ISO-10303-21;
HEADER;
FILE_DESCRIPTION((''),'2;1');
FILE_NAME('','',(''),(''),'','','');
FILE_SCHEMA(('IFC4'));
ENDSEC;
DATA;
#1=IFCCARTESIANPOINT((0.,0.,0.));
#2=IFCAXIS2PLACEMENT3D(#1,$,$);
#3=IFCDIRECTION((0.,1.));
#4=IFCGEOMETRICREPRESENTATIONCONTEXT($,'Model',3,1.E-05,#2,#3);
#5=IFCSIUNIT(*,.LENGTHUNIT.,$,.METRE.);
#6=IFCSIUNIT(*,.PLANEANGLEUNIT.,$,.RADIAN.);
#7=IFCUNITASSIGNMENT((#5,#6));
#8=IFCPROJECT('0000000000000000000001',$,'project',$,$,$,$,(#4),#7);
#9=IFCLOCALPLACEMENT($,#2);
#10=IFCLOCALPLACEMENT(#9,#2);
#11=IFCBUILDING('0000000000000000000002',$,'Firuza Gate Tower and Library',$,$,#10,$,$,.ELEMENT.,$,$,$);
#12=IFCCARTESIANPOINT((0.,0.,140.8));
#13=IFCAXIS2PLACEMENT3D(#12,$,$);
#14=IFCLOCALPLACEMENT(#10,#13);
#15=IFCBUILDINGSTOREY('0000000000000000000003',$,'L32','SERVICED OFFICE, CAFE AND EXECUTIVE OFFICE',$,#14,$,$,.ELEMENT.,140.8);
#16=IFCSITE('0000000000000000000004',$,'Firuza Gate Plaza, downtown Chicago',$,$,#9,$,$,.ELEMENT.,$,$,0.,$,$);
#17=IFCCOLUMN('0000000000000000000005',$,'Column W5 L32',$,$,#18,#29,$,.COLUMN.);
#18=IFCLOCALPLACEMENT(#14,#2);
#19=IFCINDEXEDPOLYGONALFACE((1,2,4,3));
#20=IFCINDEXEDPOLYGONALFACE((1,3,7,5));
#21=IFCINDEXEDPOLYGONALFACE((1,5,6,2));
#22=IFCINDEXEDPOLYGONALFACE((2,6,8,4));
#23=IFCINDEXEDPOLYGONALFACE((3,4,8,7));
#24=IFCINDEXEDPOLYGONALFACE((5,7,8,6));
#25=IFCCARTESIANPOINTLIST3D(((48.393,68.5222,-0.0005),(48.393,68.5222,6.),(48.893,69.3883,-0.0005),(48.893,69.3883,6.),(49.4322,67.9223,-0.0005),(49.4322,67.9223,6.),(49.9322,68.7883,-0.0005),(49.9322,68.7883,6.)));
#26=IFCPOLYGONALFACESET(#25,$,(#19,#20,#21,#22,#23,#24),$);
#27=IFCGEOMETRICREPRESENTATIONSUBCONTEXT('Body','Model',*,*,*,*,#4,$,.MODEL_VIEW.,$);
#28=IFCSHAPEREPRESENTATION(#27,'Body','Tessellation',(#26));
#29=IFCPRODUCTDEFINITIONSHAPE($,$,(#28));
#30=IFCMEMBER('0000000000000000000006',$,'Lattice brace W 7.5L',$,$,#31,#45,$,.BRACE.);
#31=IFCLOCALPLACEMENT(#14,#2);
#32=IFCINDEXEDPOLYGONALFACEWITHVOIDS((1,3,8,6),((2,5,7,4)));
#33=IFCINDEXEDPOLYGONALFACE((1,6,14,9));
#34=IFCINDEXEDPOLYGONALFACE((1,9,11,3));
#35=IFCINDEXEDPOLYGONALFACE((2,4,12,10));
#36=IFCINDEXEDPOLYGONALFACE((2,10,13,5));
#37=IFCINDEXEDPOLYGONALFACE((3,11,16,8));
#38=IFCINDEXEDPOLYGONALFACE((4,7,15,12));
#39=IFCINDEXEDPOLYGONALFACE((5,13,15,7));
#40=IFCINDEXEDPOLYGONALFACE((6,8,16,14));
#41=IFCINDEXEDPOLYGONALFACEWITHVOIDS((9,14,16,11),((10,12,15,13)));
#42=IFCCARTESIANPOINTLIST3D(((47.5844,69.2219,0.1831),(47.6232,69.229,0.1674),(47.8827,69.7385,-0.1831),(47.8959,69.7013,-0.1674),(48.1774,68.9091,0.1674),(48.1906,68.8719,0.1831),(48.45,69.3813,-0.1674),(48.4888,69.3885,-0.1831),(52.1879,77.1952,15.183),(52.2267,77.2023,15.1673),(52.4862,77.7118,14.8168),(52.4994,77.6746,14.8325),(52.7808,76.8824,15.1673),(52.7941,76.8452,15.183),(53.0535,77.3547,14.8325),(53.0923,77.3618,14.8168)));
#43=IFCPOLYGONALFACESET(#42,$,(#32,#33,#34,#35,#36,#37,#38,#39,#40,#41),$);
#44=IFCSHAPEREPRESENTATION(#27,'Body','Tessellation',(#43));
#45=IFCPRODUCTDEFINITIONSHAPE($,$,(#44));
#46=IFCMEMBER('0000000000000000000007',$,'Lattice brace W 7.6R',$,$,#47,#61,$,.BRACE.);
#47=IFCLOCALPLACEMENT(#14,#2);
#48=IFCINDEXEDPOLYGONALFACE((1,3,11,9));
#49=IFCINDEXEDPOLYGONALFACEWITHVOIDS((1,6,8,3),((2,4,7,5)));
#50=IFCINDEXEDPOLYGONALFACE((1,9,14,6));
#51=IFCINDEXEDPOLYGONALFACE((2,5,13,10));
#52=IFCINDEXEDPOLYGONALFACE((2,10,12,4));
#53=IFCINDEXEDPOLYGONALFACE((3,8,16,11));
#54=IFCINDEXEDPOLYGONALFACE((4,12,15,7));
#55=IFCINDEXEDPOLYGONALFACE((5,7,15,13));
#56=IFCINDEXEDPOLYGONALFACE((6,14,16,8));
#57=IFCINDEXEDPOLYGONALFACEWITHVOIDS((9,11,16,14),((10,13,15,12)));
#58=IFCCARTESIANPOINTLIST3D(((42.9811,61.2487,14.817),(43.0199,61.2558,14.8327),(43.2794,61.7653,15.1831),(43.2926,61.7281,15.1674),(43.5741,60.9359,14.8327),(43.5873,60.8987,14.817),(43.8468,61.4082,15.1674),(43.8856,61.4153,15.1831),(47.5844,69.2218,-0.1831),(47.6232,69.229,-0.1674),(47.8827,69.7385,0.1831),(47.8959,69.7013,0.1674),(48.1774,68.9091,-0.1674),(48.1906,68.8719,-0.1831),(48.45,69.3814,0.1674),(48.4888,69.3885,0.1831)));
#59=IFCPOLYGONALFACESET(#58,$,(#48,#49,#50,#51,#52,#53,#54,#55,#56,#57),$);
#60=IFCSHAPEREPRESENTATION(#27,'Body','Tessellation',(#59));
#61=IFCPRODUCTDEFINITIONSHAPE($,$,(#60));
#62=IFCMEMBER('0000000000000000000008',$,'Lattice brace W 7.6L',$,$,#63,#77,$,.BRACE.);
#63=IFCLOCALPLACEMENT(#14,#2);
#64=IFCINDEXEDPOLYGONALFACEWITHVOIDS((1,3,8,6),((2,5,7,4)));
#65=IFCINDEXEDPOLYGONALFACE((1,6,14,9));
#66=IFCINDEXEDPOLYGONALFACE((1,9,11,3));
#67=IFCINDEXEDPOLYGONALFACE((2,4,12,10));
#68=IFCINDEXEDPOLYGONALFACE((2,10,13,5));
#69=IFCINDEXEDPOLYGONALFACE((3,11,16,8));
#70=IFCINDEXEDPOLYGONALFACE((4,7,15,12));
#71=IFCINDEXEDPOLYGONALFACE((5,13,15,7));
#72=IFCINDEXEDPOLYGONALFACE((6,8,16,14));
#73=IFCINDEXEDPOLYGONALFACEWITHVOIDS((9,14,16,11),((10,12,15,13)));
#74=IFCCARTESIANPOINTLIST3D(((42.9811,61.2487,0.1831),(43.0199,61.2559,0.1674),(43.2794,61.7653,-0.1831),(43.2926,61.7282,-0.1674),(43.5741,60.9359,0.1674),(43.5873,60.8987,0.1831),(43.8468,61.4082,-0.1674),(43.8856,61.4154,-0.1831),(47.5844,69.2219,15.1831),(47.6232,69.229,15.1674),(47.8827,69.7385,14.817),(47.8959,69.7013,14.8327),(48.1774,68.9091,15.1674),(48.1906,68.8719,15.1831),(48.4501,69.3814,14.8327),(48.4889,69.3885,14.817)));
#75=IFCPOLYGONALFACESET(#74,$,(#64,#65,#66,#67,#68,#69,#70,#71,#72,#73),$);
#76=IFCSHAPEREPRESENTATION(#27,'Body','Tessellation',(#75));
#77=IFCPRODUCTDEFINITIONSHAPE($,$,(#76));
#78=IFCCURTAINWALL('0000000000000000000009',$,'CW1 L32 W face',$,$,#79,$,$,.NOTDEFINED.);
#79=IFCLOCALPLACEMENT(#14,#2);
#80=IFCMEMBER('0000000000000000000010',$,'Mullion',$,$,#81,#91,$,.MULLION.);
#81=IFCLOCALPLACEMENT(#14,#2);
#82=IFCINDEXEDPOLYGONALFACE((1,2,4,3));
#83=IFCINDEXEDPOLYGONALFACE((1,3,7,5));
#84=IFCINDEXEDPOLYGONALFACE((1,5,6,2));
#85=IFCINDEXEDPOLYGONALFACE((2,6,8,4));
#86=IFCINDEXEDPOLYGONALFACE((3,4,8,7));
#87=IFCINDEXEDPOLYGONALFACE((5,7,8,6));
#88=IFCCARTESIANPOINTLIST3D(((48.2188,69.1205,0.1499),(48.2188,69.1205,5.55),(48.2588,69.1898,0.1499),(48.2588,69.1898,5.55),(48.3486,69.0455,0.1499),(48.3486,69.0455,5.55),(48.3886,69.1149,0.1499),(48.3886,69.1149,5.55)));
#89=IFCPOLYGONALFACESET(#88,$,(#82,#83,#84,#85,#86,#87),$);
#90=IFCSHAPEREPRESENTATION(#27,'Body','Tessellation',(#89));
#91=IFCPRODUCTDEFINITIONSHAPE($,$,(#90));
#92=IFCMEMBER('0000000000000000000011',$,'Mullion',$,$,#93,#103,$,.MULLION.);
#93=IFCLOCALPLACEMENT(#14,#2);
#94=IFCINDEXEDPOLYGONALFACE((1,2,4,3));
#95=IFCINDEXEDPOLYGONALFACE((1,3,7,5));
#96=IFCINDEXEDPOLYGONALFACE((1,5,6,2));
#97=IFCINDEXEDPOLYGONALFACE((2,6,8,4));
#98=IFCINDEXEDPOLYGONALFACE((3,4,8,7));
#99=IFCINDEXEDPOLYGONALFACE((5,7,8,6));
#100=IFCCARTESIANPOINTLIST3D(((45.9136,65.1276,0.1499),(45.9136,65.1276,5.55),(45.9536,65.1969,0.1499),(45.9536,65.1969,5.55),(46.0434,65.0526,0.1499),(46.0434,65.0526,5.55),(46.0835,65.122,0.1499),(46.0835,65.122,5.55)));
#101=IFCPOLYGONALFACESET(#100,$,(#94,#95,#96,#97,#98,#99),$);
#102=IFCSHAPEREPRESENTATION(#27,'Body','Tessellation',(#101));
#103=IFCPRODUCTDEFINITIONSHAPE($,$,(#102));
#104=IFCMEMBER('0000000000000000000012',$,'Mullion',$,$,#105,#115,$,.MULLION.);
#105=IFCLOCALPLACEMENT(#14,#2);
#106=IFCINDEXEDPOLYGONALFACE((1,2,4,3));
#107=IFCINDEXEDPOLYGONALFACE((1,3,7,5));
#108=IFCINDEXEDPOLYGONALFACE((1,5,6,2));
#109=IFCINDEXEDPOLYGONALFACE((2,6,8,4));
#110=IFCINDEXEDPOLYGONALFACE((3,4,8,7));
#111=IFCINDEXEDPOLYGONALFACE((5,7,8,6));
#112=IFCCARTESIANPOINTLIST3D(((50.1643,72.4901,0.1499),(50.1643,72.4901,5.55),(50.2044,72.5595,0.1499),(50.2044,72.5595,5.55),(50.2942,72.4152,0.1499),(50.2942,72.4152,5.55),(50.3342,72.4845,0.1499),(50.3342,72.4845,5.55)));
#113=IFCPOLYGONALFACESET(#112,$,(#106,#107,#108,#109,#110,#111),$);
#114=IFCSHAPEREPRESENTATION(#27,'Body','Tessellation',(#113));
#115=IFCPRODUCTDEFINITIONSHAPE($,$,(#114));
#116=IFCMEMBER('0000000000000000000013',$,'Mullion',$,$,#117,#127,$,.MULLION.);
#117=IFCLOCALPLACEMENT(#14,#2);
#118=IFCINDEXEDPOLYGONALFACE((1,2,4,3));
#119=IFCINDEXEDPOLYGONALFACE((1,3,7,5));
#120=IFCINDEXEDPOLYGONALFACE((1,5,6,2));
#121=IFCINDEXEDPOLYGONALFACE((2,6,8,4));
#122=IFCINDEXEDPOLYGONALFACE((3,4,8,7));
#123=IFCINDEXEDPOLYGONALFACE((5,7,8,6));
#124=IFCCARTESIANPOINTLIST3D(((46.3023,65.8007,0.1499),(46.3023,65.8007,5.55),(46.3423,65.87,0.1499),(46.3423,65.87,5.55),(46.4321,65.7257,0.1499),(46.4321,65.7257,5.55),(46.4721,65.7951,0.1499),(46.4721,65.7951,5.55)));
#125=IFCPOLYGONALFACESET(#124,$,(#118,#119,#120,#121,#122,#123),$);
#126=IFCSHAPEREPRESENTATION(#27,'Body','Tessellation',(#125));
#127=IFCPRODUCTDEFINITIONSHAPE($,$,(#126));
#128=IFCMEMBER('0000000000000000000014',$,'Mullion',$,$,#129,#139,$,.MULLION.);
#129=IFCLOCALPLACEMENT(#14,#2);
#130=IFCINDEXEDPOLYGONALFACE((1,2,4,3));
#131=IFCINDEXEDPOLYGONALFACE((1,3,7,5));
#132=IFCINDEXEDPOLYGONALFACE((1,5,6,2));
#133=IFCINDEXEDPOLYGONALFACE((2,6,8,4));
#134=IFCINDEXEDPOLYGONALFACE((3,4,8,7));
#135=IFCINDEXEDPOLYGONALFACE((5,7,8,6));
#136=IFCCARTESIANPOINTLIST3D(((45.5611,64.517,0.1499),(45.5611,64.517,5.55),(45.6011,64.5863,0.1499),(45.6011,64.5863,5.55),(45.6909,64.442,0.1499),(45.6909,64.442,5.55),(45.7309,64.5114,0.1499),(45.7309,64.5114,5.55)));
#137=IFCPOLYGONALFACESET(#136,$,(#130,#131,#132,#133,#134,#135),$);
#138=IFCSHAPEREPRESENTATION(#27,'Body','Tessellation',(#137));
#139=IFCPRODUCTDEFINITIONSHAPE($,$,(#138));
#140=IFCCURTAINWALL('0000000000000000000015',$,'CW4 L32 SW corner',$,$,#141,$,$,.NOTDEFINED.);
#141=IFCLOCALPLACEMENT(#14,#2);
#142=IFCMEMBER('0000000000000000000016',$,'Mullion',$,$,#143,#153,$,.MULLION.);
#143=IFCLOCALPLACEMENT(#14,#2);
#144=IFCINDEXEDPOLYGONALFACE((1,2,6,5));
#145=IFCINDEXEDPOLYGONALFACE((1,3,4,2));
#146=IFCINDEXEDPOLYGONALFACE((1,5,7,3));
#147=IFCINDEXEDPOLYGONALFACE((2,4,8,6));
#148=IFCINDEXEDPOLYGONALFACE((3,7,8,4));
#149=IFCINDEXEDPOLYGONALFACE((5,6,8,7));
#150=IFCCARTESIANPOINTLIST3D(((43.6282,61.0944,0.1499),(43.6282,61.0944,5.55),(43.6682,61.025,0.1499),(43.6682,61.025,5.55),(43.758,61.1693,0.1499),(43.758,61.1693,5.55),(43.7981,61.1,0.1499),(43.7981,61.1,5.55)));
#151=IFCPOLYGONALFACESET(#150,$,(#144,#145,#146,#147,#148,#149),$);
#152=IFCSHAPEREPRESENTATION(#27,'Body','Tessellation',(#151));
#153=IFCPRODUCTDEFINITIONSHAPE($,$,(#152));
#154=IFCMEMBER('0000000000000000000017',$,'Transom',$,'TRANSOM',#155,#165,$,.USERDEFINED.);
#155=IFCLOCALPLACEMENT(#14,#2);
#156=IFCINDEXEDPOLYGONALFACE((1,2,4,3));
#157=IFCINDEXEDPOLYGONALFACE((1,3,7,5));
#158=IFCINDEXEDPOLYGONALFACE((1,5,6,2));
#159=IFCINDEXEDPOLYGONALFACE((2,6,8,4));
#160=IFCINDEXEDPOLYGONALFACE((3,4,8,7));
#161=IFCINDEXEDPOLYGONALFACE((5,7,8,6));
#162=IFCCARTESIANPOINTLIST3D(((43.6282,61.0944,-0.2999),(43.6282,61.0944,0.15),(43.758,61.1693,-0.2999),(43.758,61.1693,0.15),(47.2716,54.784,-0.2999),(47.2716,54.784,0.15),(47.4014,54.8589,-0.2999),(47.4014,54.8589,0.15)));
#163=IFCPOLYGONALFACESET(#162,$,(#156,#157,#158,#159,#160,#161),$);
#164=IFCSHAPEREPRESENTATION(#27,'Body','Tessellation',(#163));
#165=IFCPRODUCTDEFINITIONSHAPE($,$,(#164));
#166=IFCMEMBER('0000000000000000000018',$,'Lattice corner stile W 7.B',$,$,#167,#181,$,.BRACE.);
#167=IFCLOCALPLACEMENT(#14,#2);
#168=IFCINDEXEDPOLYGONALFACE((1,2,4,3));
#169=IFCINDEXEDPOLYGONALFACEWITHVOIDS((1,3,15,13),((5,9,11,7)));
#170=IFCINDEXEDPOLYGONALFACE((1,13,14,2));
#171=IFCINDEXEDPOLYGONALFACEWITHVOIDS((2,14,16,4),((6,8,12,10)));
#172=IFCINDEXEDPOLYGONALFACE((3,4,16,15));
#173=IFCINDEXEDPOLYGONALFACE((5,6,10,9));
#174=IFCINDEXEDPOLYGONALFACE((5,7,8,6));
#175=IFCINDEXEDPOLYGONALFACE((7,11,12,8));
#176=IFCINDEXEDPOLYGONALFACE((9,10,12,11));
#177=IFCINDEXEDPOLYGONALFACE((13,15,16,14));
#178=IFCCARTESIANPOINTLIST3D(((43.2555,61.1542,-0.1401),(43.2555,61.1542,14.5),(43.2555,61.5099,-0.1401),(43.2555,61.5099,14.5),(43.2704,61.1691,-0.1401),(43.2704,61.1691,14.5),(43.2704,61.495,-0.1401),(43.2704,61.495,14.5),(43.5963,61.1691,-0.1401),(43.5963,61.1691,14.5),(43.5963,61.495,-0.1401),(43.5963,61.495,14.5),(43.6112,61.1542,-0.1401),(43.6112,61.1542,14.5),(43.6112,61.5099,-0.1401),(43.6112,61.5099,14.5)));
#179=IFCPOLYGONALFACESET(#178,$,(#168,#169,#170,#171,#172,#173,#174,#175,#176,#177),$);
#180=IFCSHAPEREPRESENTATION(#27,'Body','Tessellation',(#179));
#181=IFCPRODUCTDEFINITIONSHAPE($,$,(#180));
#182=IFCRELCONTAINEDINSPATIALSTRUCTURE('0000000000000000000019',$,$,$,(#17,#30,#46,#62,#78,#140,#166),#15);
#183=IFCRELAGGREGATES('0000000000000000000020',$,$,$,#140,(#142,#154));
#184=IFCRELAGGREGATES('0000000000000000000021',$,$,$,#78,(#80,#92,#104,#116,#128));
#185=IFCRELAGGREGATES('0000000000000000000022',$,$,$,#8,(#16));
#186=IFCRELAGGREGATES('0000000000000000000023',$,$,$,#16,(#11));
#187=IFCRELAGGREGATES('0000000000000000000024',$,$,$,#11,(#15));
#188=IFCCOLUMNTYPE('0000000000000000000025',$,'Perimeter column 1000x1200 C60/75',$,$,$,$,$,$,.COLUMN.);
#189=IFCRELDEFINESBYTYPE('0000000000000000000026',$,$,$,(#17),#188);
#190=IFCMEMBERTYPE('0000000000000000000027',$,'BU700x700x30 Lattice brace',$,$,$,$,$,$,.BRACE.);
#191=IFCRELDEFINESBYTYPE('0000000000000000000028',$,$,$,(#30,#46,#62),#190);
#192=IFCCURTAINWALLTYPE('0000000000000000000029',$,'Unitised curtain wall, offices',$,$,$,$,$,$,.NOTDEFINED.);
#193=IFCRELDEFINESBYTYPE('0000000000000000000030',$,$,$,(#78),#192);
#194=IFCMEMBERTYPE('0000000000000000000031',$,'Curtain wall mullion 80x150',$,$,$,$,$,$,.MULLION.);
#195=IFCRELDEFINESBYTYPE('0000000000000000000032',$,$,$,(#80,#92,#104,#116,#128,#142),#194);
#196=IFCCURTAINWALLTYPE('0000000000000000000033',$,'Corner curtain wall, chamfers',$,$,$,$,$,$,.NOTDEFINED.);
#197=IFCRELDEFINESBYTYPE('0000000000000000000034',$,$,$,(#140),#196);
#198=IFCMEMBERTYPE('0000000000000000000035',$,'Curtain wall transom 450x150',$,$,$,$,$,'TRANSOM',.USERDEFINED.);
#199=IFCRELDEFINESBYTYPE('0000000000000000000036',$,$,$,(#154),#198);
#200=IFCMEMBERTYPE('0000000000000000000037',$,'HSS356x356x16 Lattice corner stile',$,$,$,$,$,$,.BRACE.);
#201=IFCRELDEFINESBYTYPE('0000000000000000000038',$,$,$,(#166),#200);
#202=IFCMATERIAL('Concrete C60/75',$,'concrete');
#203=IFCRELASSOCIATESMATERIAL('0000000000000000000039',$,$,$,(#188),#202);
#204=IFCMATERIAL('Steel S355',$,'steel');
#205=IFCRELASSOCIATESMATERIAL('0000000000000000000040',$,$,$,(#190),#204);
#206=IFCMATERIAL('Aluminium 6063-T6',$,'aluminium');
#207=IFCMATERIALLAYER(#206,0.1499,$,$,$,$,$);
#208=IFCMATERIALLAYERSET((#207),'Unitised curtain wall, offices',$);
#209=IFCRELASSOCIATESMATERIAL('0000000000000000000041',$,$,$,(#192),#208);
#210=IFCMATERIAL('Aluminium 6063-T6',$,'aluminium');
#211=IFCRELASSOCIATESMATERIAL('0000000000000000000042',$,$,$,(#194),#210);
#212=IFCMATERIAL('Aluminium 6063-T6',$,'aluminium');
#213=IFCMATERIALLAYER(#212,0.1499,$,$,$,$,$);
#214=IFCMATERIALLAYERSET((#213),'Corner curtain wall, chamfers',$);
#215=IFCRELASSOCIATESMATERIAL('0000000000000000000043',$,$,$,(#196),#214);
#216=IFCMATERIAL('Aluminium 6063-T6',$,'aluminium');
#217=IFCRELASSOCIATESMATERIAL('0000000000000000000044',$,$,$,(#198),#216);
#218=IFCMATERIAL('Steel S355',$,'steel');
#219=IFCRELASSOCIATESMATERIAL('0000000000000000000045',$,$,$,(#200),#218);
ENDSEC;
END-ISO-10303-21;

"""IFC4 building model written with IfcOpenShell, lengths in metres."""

from ifc_helpers import new_model, si_unit, direction, frame, origin, origin_2d, place, context, subcontext, project, spatial, rectangle, hollow_rectangle, extrude, material, layer, layer_set, material_profile, profile_set, type_object, element, aggregate, save


model = new_model("IFC4")

# Units and contexts
model_context = context("Model", 3, precision=1e-05, world=origin(), true_north=direction((0.0, 1.0)))
body_context = subcontext(model_context, "Body", "Model", "MODEL_VIEW")
ifc_project = project(units=[si_unit("LENGTHUNIT", "METRE"), si_unit("PLANEANGLEUNIT", "RADIAN")], contexts=[model_context])

# Site, building, storey
site_placement = place(None, origin())
site = spatial("IfcSite", under=ifc_project, at=site_placement, Name="Firuza Gate Plaza, downtown Chicago", CompositionType="ELEMENT", RefElevation=0.0)
building_placement = place(site_placement, origin())
building = spatial("IfcBuilding", under=site, at=building_placement, Name="Firuza Gate Tower and Library", CompositionType="ELEMENT")
storey_placement = place(building_placement, frame((0.0, 0.0, 140.8)))
storey = spatial("IfcBuildingStorey", under=building, at=storey_placement, Name="L32", Description="SERVICED OFFICE, CAFE AND EXECUTIVE OFFICE", CompositionType="ELEMENT", Elevation=140.8)

# Column
ifc_material_1 = material(Name="Concrete C60/75", Category="concrete")
ifc_material_profile_1 = material_profile(ifc_material_1, rectangle(XDim=1.0, YDim=1.2, at=origin_2d()))
ifc_profile_set_1 = profile_set([ifc_material_profile_1], Name="Concrete C60/75")
column_type = type_object("IfcColumnType", Name="Perimeter column 1000x1200 C60/75", PredefinedType="COLUMN", material=ifc_profile_set_1)
column_placement = place(storey_placement, frame((49.1626, 68.6553, -0.0005), z_axis=(0.0, 0.0, 1.0), x_axis=(-0.5, -0.866025, 0.0)))
element("IfcColumn", 1, at=column_placement, inside=storey, type_object=column_type, Name="Column W5 L32", PredefinedType="COLUMN", context=body_context, shape_type="SweptSolid", body=[
    extrude(rectangle(XDim=1.0, YDim=1.2, at=origin_2d()), origin(), (0.0, 0.0, 1.0), 6.0005),
])

# Members
ifc_material_2 = material(Name="Steel S355", Category="steel")
ifc_material_profile_2 = material_profile(ifc_material_2, hollow_rectangle(XDim=0.7, YDim=0.7, WallThickness=0.03, at=origin_2d()))
ifc_profile_set_2 = profile_set([ifc_material_profile_2], Name="Steel S355")
member_type_1 = type_object("IfcMemberType", Name="BU700x700x30 Lattice brace", PredefinedType="BRACE", material=ifc_profile_set_2)
for number, where, z_axis, x_axis, name in (
    (2, (48.0366, 69.3052, 0.0), (0.26156, 0.453028, 0.852263), (-0.866022, 0.500006, 0.0), "Lattice brace W 7.5L"),
    (3, (48.0366, 69.3052, 0.0), (-0.261549, -0.453019, 0.852271), (0.866027, -0.499998, 0.0), "Lattice brace W 7.6R"),
    (4, (43.4333, 61.332, 0.0), (0.261549, 0.453019, 0.852271), (-0.866027, 0.499998, 0.0), "Lattice brace W 7.6L"),
):
    element("IfcMember", number, at=place(storey_placement, frame(where, z_axis=z_axis, x_axis=x_axis)), inside=storey, type_object=member_type_1, Name=name, PredefinedType="BRACE", context=body_context, shape_type="SweptSolid", body=[
        extrude(hollow_rectangle(XDim=0.7, YDim=0.7, WallThickness=0.03, at=origin_2d()), origin(), (0.0, 0.0, 1.0), 17.6001),
    ])

# Curtain walls, members
ifc_material_3 = material(Name="Aluminium 6063-T6", Category="aluminium")
ifc_layer_1 = layer(ifc_material_3, 0.1499)
ifc_layer_set_1 = layer_set([ifc_layer_1], Name="Unitised curtain wall, offices")
curtain_wall_type_1 = type_object("IfcCurtainWallType", Name="Unitised curtain wall, offices", PredefinedType="NOTDEFINED", material=ifc_layer_set_1)
placement = place(storey_placement, origin())
curtain_wall_1 = element("IfcCurtainWall", 5, at=placement, inside=storey, type_object=curtain_wall_type_1, Name="CW1 L32 W face", PredefinedType="NOTDEFINED")
ifc_material_4 = material(Name="Aluminium 6063-T6", Category="aluminium")
ifc_material_profile_3 = material_profile(ifc_material_4, rectangle(XDim=0.1499, YDim=0.0801, at=origin_2d()))
ifc_profile_set_3 = profile_set([ifc_material_profile_3], Name="Aluminium 6063-T6")
member_type_2 = type_object("IfcMemberType", Name="Curtain wall mullion 80x150", PredefinedType="MULLION", material=ifc_profile_set_3)
member_1_placement = place(storey_placement, frame((48.3037, 69.1177, 0.1499), z_axis=(0.0, 0.0, 1.0), x_axis=(0.866025, -0.5, 0.0)))
member_1 = element("IfcMember", 6, at=member_1_placement, type_object=member_type_2, Name="Mullion", PredefinedType="MULLION", context=body_context, shape_type="SweptSolid", body=[
    extrude(rectangle(XDim=0.1499, YDim=0.0801, at=origin_2d()), origin(), (0.0, 0.0, 1.0), 5.4001),
])
member_2_placement = place(storey_placement, frame((45.9985, 65.1248, 0.1499), z_axis=(0.0, 0.0, 1.0), x_axis=(0.866025, -0.5, 0.0)))
member_2 = element("IfcMember", 7, at=member_2_placement, type_object=member_type_2, Name="Mullion", PredefinedType="MULLION", context=body_context, shape_type="SweptSolid", body=[
    extrude(rectangle(XDim=0.1499, YDim=0.0801, at=origin_2d()), origin(), (0.0, 0.0, 1.0), 5.4001),
])
member_3_placement = place(storey_placement, frame((50.2493, 72.4873, 0.1499), z_axis=(0.0, 0.0, 1.0), x_axis=(0.866025, -0.5, 0.0)))
member_3 = element("IfcMember", 8, at=member_3_placement, type_object=member_type_2, Name="Mullion", PredefinedType="MULLION", context=body_context, shape_type="SweptSolid", body=[
    extrude(rectangle(XDim=0.1499, YDim=0.0801, at=origin_2d()), origin(), (0.0, 0.0, 1.0), 5.4001),
])
member_4_placement = place(storey_placement, frame((46.3872, 65.7979, 0.1499), z_axis=(0.0, 0.0, 1.0), x_axis=(0.866025, -0.5, 0.0)))
member_4 = element("IfcMember", 9, at=member_4_placement, type_object=member_type_2, Name="Mullion", PredefinedType="MULLION", context=body_context, shape_type="SweptSolid", body=[
    extrude(rectangle(XDim=0.1499, YDim=0.0801, at=origin_2d()), origin(), (0.0, 0.0, 1.0), 5.4001),
])
member_5_placement = place(storey_placement, frame((45.646, 64.5142, 0.1499), z_axis=(0.0, 0.0, 1.0), x_axis=(0.866025, -0.5, 0.0)))
member_5 = element("IfcMember", 10, at=member_5_placement, type_object=member_type_2, Name="Mullion", PredefinedType="MULLION", context=body_context, shape_type="SweptSolid", body=[
    extrude(rectangle(XDim=0.1499, YDim=0.0801, at=origin_2d()), origin(), (0.0, 0.0, 1.0), 5.4001),
])
ifc_material_5 = material(Name="Aluminium 6063-T6", Category="aluminium")
ifc_layer_2 = layer(ifc_material_5, 0.1499)
ifc_layer_set_2 = layer_set([ifc_layer_2], Name="Corner curtain wall, chamfers")
curtain_wall_type_2 = type_object("IfcCurtainWallType", Name="Corner curtain wall, chamfers", PredefinedType="NOTDEFINED", material=ifc_layer_set_2)
curtain_wall_2 = element("IfcCurtainWall", 11, at=placement, inside=storey, type_object=curtain_wall_type_2, Name="CW4 L32 SW corner", PredefinedType="NOTDEFINED")
member_6_placement = place(storey_placement, frame((43.7131, 61.0972, 0.1499), z_axis=(0.0, 0.0, 1.0), x_axis=(0.866025, 0.5, 0.0)))
member_6 = element("IfcMember", 12, at=member_6_placement, type_object=member_type_2, Name="Mullion", PredefinedType="MULLION", context=body_context, shape_type="SweptSolid", body=[
    extrude(rectangle(XDim=0.1499, YDim=0.0801, at=origin_2d()), origin(), (0.0, 0.0, 1.0), 5.4001),
])
ifc_material_6 = material(Name="Aluminium 6063-T6", Category="aluminium")
ifc_material_profile_4 = material_profile(ifc_material_6, rectangle(XDim=0.1499, YDim=0.45, at=origin_2d()))
ifc_profile_set_4 = profile_set([ifc_material_profile_4], Name="Aluminium 6063-T6")
member_type_3 = type_object("IfcMemberType", Name="Curtain wall transom 450x150", ElementType="TRANSOM", PredefinedType="USERDEFINED", material=ifc_profile_set_4)
member_7_placement = place(storey_placement, frame((43.6931, 61.1318, -0.075), z_axis=(0.500006, -0.866022, 0.0), x_axis=(0.866022, 0.500006, 0.0)))
member_7 = element("IfcMember", 13, at=member_7_placement, type_object=member_type_3, Name="Transom", ObjectType="TRANSOM", PredefinedType="USERDEFINED", context=body_context, shape_type="SweptSolid", body=[
    extrude(rectangle(XDim=0.1499, YDim=0.45, at=origin_2d()), origin(), (0.0, 0.0, 1.0), 7.2866),
])

# Member
ifc_material_7 = material(Name="Steel S355", Category="steel")
ifc_material_profile_5 = material_profile(ifc_material_7, hollow_rectangle(XDim=0.3557, YDim=0.3557, WallThickness=0.0149, at=origin_2d()))
ifc_profile_set_5 = profile_set([ifc_material_profile_5], Name="Steel S355")
member_type_4 = type_object("IfcMemberType", Name="HSS356x356x16 Lattice corner stile", PredefinedType="BRACE", material=ifc_profile_set_5)
member_8_placement = place(storey_placement, frame((43.4333, 61.332, -0.1401), z_axis=(0.0, 0.0, 1.0), x_axis=(1.0, 0.0, 0.0)))
element("IfcMember", 14, at=member_8_placement, inside=storey, type_object=member_type_4, Name="Lattice corner stile W 7.B", PredefinedType="BRACE", context=body_context, shape_type="SweptSolid", body=[
    extrude(hollow_rectangle(XDim=0.3557, YDim=0.3557, WallThickness=0.0149, at=origin_2d()), origin(), (0.0, 0.0, 1.0), 14.6401),
])

aggregate(curtain_wall_2, [member_6, member_7])
aggregate(curtain_wall_1, [member_1, member_2, member_3, member_4, member_5])

save(model, "model.ifc")
